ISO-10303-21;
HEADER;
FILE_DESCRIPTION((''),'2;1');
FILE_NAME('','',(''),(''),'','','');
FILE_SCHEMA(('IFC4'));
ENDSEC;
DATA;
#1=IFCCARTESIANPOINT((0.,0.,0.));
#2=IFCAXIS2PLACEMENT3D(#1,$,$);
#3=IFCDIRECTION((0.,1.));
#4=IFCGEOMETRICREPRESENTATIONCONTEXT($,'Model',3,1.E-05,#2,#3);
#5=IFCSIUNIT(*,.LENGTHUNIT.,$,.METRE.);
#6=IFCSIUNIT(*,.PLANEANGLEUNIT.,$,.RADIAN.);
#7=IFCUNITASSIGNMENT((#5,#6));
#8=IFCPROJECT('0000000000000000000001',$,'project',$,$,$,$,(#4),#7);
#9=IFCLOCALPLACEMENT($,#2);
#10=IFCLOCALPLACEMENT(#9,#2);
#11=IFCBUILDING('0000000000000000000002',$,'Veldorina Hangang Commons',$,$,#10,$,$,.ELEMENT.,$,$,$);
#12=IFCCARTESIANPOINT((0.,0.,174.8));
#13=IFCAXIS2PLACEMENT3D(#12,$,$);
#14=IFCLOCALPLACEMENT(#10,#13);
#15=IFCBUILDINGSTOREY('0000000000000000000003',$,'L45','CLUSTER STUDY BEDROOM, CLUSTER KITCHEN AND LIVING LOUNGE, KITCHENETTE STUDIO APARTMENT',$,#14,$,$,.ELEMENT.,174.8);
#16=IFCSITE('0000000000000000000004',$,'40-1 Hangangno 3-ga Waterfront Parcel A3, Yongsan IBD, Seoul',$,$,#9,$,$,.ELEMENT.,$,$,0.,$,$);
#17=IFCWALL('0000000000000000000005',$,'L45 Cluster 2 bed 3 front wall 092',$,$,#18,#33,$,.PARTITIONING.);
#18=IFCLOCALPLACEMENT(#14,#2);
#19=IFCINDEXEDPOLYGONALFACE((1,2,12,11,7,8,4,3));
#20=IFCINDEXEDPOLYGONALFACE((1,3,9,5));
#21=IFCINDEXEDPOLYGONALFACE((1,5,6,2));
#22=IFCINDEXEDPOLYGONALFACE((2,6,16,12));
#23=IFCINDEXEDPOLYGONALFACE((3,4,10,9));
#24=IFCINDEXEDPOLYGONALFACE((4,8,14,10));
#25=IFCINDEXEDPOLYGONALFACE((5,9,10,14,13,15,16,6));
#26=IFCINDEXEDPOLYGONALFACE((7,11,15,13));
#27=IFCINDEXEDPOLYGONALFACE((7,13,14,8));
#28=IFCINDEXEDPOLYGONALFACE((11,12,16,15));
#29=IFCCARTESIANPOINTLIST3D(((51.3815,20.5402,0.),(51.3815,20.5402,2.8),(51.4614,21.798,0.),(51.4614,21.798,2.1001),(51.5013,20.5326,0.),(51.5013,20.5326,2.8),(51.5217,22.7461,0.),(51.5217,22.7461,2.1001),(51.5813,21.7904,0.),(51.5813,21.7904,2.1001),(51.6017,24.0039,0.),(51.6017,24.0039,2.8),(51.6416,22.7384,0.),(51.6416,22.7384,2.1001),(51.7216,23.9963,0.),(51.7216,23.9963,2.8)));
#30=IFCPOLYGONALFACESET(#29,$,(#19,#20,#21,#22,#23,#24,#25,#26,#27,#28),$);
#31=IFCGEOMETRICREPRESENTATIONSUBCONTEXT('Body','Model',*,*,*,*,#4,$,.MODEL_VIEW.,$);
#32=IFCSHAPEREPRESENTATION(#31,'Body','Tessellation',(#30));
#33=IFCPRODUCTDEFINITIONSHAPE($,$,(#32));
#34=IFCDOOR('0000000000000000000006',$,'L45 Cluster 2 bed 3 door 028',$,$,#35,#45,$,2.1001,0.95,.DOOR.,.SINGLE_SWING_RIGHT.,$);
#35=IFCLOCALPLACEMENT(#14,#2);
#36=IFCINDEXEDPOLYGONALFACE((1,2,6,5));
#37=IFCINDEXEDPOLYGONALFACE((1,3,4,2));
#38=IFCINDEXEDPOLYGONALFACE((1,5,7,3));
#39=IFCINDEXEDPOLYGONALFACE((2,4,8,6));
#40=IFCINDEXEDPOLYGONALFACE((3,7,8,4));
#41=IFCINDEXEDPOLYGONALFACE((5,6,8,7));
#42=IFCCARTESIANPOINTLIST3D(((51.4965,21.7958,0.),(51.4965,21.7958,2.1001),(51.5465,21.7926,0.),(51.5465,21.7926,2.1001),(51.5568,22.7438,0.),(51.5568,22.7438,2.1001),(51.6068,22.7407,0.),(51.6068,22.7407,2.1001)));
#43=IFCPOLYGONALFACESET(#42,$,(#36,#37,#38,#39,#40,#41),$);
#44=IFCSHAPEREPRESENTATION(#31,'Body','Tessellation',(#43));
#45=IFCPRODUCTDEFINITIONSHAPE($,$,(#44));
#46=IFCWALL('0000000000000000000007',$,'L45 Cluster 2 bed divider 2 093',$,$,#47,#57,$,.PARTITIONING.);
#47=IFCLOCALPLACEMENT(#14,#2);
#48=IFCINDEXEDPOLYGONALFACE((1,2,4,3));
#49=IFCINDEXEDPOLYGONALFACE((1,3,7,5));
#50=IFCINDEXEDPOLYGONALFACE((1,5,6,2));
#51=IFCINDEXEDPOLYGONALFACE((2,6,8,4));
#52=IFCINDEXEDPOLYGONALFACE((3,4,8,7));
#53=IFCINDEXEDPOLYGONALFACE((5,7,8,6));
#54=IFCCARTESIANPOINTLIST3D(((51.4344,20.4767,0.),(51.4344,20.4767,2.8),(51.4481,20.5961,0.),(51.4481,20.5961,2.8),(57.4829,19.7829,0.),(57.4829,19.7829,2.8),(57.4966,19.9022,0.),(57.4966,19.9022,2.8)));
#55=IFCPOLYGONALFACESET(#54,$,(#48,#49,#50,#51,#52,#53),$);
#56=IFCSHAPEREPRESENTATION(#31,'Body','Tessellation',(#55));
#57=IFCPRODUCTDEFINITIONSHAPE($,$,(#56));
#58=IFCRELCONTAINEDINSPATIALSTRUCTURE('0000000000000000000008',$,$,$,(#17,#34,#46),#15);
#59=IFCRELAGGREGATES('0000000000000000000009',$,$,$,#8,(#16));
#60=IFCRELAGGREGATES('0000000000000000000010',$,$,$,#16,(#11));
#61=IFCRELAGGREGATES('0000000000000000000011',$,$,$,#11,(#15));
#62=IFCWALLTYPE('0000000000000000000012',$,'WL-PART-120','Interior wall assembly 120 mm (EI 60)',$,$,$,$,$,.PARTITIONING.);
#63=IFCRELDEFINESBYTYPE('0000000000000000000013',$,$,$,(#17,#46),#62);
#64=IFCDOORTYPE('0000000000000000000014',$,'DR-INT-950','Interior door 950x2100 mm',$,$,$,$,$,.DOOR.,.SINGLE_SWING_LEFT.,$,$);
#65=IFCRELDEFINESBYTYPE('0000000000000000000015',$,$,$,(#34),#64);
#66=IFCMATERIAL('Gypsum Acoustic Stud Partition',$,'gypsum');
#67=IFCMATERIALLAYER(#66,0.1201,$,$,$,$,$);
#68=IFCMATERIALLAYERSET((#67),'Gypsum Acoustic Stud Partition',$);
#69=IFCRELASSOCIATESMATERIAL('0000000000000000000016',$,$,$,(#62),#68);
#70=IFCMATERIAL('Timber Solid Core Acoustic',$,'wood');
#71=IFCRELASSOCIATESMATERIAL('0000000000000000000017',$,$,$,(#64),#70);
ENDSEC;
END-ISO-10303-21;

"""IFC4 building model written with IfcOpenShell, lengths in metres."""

from ifc_helpers import new_model, si_unit, direction, frame, frame_2d, origin, place, context, subcontext, project, spatial, rectangle, extrude, material, layer, layer_set, type_object, element, fill, save


model = new_model("IFC4")

# Units and contexts
model_context = context("Model", 3, precision=1e-05, world=origin(), true_north=direction((0.0, 1.0)))
body_context = subcontext(model_context, "Body", "Model", "MODEL_VIEW")
ifc_project = project(units=[si_unit("LENGTHUNIT", "METRE"), si_unit("PLANEANGLEUNIT", "RADIAN")], contexts=[model_context])

# Site, building, storey
site_placement = place(None, origin())
site = spatial("IfcSite", under=ifc_project, at=site_placement, Name="40-1 Hangangno 3-ga Waterfront Parcel A3, Yongsan IBD, Seoul", CompositionType="ELEMENT", RefElevation=0.0)
building_placement = place(site_placement, origin())
building = spatial("IfcBuilding", under=site, at=building_placement, Name="Veldorina Hangang Commons", CompositionType="ELEMENT")
storey_placement = place(building_placement, frame((0.0, 0.0, 174.8)))
storey = spatial("IfcBuildingStorey", under=building, at=storey_placement, Name="L45", Description="CLUSTER STUDY BEDROOM, CLUSTER KITCHEN AND LIVING LOUNGE, KITCHENETTE STUDIO APARTMENT", CompositionType="ELEMENT", Elevation=174.8)

# Shared definitions
ifc_material_1 = material(Name="Gypsum Acoustic Stud Partition", Category="gypsum")
ifc_layer_1 = layer(ifc_material_1, 0.1201)
ifc_layer_set_1 = layer_set([ifc_layer_1], Name="Gypsum Acoustic Stud Partition")
wall_type_1 = type_object("IfcWallType", Name="WL-PART-120", Description="Interior wall assembly 120 mm (EI 60)", PredefinedType="PARTITIONING", material=ifc_layer_set_1)

# Shared definitions
ifc_material_2 = material(Name="Timber Solid Core Acoustic", Category="wood")
door_type_1 = type_object("IfcDoorType", Name="DR-INT-950", Description="Interior door 950x2100 mm", OperationType="SINGLE_SWING_LEFT", PredefinedType="DOOR", material=ifc_material_2)

# Wall, opening, door
wall_1_placement = place(storey_placement, frame((51.4414, 20.5364, 0.0), z_axis=(0.0, 0.0, 1.0), x_axis=(0.063451, 0.997985, 0.0)))
wall_1 = element("IfcWall", 1, at=wall_1_placement, inside=storey, type_object=wall_type_1, Name="L45 Cluster 2 bed 3 front wall 092", PredefinedType="PARTITIONING", context=body_context, shape_type="SweptSolid", body=[
    extrude(rectangle(XDim=3.4707, YDim=0.1201, at=frame_2d((1.7354, 0.0))), origin(), (0.0, 0.0, 1.0), 2.8),
])
opening_1_placement = place(wall_1_placement, frame((1.2603, 0.0, 0.0)))
opening_1 = element("IfcOpeningElement", 2, at=opening_1_placement, cuts=wall_1, PredefinedType="OPENING", context=body_context, shape_type="SweptSolid", body=[
    extrude(rectangle(XDim=0.95, YDim=2.1001, at=frame_2d((0.4751, 1.05))), frame((0.0, 0.0701, 0.0), z_axis=(0.0, -1.0, 0.0), x_axis=(1.0, 0.0, 0.0)), (0.0, 0.0, 1.0), 0.1401),
])
door_1_placement = place(opening_1_placement, origin())
door_1 = element("IfcDoor", 3, at=door_1_placement, inside=storey, type_object=door_type_1, Name="L45 Cluster 2 bed 3 door 028", OperationType="SINGLE_SWING_RIGHT", OverallHeight=2.1001, OverallWidth=0.95, PredefinedType="DOOR", context=body_context, shape_type="SweptSolid", body=[
    extrude(rectangle(XDim=0.95, YDim=2.1001, at=frame_2d((0.4751, 1.05))), frame((0.0, 0.0249, 0.0), z_axis=(0.0, -1.0, 0.0), x_axis=(1.0, 0.0, 0.0)), (0.0, 0.0, 1.0), 0.05),
])
fill(opening_1, door_1)

# Wall
wall_2_placement = place(storey_placement, frame((51.4414, 20.5364, 0.0), z_axis=(0.0, 0.0, 1.0), x_axis=(0.993485, -0.113965, 0.0)))
element("IfcWall", 4, at=wall_2_placement, inside=storey, type_object=wall_type_1, Name="L45 Cluster 2 bed divider 2 093", PredefinedType="PARTITIONING", context=body_context, shape_type="SweptSolid", body=[
    extrude(rectangle(XDim=6.0881, YDim=0.1201, at=frame_2d((3.0439, 0.0))), origin(), (0.0, 0.0, 1.0), 2.8),
])

save(model, "model.ifc")
